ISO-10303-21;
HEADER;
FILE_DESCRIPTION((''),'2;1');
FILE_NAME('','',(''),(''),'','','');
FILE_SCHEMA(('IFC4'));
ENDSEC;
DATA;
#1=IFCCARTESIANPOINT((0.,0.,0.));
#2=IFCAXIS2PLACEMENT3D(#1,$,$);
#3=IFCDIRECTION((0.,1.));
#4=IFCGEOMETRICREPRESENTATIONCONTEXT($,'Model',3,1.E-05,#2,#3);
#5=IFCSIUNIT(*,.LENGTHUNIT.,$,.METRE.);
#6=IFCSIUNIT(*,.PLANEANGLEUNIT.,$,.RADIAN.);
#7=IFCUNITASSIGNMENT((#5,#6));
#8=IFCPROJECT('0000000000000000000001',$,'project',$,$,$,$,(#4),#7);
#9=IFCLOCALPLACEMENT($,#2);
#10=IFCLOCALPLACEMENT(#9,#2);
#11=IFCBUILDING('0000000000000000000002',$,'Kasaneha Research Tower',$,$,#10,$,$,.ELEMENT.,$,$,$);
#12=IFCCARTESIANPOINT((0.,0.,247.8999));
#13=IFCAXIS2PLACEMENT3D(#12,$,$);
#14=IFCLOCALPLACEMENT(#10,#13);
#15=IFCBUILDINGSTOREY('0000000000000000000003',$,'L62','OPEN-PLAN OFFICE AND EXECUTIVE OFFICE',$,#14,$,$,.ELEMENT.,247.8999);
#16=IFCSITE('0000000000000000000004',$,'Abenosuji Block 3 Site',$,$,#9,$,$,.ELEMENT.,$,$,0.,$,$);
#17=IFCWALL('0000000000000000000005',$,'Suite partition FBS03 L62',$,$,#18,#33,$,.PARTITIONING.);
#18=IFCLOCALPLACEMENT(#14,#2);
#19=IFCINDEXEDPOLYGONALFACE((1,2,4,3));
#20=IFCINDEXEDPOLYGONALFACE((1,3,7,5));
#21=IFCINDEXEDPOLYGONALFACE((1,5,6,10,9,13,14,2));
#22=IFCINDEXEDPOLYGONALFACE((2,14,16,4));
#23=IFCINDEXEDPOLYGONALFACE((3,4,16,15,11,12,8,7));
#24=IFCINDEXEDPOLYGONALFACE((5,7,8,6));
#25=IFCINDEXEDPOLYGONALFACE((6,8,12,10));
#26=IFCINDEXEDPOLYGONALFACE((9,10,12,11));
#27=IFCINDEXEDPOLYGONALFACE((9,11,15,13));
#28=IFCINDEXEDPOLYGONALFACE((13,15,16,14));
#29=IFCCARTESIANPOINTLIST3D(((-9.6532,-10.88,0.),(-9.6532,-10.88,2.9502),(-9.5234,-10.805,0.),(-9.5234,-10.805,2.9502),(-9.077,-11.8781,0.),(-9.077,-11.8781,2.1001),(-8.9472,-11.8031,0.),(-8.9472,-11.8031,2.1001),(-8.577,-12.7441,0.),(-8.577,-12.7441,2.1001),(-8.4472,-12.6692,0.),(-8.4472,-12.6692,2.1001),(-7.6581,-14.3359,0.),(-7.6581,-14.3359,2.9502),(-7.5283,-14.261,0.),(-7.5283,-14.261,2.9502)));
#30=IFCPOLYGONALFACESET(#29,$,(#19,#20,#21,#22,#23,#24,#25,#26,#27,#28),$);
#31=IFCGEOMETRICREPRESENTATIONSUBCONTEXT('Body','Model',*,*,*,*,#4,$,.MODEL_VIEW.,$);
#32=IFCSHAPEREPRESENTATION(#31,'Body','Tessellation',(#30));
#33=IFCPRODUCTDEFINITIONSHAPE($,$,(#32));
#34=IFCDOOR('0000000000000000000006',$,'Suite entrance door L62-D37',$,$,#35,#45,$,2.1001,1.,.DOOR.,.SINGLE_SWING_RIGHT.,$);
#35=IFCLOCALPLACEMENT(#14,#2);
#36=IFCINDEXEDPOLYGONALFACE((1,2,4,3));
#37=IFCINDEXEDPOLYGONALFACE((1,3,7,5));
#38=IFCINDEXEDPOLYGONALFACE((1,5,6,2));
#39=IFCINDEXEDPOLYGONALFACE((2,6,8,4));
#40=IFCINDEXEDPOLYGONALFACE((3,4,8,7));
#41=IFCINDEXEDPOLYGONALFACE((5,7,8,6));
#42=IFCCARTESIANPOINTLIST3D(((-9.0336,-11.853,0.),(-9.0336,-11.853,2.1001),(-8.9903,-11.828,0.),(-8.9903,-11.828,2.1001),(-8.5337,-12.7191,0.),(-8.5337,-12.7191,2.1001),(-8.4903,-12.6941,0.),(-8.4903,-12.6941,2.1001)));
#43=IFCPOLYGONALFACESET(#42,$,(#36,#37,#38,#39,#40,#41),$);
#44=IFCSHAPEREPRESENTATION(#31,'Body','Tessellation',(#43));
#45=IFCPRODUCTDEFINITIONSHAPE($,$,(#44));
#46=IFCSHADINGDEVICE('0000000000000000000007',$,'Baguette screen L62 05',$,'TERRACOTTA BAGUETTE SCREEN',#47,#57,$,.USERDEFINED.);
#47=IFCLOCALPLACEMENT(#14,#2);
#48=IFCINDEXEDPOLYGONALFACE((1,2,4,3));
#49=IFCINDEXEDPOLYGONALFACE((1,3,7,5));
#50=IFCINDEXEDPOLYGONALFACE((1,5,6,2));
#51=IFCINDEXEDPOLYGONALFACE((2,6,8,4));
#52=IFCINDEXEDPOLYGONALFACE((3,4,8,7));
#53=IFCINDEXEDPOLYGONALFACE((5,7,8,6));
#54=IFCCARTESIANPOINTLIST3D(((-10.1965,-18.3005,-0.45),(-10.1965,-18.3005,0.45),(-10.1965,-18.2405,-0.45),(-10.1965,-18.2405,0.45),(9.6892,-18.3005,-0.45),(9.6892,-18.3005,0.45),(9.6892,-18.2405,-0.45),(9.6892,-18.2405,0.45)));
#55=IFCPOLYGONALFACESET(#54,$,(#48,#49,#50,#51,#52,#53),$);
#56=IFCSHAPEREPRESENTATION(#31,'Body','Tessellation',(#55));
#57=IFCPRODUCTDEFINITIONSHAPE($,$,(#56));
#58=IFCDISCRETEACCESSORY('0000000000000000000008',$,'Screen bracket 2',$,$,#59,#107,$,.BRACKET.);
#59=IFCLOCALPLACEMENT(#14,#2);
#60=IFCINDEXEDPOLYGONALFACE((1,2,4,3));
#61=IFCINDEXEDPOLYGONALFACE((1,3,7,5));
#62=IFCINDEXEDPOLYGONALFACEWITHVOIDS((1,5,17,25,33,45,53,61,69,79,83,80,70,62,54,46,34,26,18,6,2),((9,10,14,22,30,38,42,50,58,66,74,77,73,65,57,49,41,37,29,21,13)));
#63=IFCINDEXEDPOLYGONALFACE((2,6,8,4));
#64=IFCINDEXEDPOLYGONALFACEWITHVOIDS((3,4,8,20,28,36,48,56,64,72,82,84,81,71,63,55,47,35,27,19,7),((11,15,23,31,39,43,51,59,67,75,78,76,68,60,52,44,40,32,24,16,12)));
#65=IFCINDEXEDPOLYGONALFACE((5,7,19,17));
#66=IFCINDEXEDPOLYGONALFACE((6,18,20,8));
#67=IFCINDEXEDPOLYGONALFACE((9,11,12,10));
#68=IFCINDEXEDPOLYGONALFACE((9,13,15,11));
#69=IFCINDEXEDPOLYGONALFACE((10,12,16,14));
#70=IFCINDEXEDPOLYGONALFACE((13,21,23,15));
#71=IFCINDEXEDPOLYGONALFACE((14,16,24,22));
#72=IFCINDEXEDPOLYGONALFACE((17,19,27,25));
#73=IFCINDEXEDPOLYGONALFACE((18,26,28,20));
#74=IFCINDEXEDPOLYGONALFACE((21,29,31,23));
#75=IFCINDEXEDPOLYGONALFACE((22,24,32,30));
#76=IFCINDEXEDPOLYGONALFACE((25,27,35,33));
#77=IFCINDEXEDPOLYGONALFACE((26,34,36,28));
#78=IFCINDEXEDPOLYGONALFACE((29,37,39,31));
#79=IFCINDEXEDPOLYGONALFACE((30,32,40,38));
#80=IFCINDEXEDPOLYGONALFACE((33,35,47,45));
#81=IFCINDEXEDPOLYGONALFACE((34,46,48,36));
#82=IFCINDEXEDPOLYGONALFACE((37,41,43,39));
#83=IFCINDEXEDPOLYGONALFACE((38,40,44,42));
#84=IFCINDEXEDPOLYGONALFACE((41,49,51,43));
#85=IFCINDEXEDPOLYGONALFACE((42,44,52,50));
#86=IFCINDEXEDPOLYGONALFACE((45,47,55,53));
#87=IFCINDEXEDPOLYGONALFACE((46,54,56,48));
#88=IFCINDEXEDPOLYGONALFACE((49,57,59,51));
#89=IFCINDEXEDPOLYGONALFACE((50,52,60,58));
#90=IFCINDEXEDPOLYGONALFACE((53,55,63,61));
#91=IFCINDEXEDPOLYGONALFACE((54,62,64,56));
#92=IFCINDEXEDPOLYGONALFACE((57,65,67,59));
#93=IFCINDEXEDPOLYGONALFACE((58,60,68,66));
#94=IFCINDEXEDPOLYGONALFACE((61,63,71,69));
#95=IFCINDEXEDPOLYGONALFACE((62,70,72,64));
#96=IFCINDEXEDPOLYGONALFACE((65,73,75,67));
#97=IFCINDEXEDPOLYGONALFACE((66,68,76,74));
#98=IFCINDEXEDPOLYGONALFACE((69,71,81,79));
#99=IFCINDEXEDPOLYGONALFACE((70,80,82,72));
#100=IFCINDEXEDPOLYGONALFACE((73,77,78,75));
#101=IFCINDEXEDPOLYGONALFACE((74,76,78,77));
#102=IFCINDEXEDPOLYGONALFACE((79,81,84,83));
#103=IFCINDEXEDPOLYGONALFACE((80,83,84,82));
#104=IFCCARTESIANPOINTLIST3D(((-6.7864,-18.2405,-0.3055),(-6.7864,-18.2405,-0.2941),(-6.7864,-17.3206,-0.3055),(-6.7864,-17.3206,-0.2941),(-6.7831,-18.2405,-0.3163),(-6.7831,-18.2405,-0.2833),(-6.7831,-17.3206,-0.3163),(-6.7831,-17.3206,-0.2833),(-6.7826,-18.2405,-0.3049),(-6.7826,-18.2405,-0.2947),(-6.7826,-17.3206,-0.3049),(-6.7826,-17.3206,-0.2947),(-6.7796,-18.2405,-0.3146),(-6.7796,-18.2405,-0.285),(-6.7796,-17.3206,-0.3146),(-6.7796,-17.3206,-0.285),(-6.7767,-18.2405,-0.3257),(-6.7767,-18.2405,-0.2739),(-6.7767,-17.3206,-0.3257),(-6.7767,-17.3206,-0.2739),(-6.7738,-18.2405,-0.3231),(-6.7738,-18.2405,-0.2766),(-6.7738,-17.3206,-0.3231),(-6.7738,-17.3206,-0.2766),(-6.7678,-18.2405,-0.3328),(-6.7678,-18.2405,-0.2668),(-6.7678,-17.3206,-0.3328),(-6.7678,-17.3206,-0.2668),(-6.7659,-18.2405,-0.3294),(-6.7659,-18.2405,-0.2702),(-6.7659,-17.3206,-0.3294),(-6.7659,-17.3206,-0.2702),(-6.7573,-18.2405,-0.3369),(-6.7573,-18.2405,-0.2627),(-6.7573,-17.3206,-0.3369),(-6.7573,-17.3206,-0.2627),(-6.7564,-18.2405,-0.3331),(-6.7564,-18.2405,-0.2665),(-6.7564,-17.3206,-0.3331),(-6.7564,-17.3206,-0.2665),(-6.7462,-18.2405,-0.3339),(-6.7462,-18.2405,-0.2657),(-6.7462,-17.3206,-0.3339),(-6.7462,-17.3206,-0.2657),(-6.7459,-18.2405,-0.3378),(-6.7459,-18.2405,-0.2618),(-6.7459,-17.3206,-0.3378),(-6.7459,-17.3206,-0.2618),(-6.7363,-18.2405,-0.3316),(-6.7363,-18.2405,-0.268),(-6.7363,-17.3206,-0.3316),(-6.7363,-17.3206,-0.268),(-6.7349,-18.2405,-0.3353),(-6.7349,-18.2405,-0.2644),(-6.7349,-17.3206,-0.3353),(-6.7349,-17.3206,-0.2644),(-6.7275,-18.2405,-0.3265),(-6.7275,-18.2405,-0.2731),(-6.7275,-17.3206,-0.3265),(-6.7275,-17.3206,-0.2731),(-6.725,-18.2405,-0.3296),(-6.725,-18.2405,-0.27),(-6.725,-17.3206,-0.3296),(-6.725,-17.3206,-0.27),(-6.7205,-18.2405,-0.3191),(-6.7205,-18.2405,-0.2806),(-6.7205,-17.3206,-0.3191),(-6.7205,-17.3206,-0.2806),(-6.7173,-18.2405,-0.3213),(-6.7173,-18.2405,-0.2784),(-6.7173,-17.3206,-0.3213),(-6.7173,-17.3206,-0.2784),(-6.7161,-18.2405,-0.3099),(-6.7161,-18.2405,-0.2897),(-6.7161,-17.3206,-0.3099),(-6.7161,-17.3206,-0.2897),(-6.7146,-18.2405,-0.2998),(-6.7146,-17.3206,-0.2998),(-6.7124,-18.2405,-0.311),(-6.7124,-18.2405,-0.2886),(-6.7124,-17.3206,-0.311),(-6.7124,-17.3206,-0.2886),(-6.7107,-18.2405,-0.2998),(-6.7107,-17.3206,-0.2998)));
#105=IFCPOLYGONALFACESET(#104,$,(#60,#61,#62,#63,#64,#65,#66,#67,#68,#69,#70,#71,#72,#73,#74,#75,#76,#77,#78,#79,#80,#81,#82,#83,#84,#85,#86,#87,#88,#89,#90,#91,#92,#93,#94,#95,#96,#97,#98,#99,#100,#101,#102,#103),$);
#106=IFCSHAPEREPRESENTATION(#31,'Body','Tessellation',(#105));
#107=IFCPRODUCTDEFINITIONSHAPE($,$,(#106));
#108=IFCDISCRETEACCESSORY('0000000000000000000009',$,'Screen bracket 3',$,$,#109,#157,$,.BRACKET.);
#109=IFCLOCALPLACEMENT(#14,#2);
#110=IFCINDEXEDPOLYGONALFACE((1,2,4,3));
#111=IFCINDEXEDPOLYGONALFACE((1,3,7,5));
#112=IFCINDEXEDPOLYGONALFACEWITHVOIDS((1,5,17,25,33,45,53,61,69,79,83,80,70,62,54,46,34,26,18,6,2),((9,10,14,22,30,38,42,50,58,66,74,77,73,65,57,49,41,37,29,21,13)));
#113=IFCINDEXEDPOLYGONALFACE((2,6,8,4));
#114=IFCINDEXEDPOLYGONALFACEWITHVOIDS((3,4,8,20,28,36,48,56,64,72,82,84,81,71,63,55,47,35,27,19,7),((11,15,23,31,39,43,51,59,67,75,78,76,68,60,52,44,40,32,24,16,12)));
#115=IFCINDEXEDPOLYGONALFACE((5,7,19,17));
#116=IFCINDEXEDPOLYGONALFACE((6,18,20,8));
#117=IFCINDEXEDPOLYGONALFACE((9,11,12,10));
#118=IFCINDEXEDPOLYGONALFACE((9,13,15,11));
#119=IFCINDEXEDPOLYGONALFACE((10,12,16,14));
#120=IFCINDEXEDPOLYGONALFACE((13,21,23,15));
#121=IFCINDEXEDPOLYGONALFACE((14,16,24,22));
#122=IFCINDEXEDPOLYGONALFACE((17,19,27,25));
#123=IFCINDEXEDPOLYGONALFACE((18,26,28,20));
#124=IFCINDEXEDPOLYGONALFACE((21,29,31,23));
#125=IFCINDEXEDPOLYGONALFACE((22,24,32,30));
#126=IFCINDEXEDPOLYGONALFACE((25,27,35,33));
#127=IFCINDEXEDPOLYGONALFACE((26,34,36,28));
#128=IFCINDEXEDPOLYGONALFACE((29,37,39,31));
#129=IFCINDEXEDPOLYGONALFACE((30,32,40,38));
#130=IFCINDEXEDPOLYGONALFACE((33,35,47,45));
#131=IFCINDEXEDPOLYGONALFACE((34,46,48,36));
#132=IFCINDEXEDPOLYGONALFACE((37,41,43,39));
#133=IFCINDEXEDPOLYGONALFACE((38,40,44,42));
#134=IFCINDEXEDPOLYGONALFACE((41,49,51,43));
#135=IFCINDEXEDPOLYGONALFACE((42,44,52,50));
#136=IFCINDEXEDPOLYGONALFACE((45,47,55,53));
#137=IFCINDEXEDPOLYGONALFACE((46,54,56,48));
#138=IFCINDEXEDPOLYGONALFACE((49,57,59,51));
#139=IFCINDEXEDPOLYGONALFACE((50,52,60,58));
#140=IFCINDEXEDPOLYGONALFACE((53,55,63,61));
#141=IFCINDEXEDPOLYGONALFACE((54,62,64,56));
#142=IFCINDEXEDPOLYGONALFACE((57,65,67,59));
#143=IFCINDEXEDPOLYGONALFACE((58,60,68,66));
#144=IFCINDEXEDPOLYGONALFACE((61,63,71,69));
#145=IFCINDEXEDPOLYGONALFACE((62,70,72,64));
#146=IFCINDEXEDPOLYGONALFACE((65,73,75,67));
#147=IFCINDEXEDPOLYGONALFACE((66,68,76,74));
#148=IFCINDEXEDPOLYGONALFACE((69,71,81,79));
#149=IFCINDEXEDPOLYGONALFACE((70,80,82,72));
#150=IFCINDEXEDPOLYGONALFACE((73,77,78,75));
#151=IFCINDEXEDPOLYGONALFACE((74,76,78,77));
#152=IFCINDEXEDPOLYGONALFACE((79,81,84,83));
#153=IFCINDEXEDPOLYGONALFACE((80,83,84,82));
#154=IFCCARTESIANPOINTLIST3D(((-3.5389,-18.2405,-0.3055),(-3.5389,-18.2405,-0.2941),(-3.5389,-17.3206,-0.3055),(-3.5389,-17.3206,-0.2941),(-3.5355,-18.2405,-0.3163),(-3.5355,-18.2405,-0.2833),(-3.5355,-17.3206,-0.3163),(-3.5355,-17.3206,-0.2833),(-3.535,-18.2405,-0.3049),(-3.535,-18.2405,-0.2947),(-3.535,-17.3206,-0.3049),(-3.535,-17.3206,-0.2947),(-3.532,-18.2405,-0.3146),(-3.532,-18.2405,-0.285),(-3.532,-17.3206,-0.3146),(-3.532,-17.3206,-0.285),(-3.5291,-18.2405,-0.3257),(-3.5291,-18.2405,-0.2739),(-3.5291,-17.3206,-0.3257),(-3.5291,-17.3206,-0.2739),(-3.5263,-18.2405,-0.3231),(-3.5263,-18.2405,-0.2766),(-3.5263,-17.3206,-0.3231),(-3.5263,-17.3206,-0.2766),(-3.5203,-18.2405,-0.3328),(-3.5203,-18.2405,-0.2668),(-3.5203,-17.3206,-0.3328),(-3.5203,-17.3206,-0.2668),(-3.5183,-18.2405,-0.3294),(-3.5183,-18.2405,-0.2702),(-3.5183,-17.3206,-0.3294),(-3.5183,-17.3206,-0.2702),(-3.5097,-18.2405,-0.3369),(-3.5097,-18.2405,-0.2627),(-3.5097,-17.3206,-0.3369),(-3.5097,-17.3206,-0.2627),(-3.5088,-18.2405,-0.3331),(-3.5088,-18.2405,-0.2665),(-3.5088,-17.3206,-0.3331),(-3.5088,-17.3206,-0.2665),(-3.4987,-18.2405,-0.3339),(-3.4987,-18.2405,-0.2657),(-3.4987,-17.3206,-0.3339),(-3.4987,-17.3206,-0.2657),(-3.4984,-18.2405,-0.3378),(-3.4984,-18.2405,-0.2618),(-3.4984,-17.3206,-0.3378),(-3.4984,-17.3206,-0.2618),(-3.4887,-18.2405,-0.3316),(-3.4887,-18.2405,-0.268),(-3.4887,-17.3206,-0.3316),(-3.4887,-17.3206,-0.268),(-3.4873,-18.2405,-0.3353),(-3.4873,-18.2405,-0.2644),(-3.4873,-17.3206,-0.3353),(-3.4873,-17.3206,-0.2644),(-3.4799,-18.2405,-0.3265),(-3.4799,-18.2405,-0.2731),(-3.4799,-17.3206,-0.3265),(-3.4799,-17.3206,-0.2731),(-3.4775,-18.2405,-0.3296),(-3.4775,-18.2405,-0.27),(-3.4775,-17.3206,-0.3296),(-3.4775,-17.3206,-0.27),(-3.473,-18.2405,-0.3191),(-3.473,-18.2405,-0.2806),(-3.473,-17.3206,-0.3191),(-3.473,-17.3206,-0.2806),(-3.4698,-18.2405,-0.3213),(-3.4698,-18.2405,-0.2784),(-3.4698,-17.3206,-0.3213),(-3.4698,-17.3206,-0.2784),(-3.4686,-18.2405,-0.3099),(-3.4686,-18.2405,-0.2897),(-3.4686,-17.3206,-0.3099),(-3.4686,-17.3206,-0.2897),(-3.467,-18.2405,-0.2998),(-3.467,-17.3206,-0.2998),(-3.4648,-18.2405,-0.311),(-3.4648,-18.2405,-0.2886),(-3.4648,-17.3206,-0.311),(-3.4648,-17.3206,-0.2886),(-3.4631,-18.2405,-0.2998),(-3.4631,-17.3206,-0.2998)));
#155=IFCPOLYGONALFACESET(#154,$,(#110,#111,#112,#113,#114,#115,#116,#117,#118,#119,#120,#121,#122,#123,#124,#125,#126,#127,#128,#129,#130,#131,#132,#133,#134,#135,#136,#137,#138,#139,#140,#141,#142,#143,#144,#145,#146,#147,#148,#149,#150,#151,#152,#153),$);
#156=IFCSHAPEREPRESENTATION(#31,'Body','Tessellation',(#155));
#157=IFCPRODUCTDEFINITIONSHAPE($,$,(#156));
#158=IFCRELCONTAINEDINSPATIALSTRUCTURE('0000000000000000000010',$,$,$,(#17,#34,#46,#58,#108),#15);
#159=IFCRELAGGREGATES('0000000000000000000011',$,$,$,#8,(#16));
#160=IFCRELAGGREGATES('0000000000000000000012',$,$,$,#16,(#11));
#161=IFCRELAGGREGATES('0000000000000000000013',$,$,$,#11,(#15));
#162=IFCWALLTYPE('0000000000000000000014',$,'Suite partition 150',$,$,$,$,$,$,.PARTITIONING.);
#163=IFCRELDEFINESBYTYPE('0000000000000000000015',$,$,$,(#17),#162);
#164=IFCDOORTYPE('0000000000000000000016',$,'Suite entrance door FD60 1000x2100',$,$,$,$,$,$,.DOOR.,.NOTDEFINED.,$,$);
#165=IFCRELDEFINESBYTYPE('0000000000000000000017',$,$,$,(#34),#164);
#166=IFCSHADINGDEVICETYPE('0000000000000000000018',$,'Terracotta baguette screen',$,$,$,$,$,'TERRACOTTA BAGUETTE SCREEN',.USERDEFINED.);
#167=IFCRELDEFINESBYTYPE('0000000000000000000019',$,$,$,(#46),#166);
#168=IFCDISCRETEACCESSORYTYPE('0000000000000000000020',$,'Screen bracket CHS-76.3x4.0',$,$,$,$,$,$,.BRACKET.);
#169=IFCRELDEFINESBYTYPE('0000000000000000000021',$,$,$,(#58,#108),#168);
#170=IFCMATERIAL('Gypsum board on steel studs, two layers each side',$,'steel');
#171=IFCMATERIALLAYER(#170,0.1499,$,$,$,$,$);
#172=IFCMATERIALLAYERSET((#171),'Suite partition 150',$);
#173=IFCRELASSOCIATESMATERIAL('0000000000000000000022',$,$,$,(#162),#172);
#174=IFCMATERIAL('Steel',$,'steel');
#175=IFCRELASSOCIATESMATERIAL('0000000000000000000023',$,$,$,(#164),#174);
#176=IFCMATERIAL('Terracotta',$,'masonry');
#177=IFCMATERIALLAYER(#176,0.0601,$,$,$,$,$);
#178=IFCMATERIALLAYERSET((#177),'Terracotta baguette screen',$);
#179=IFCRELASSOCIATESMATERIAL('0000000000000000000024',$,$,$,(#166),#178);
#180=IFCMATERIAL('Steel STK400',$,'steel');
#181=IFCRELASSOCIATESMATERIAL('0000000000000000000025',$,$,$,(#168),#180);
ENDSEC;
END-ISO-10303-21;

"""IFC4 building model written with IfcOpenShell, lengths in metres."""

from ifc_helpers import new_model, si_unit, direction, frame, frame_2d, origin, origin_2d, place, context, subcontext, project, spatial, rectangle, hollow_circle, extrude, material, layer, layer_set, material_profile, profile_set, type_object, element, fill, save


model = new_model("IFC4")

# Units and contexts
model_context = context("Model", 3, precision=1e-05, world=origin(), true_north=direction((0.0, 1.0)))
body_context = subcontext(model_context, "Body", "Model", "MODEL_VIEW")
ifc_project = project(units=[si_unit("LENGTHUNIT", "METRE"), si_unit("PLANEANGLEUNIT", "RADIAN")], contexts=[model_context])

# Site, building, storey
site_placement = place(None, origin())
site = spatial("IfcSite", under=ifc_project, at=site_placement, Name="Abenosuji Block 3 Site", CompositionType="ELEMENT", RefElevation=0.0)
building_placement = place(site_placement, origin())
building = spatial("IfcBuilding", under=site, at=building_placement, Name="Kasaneha Research Tower", CompositionType="ELEMENT")
storey_placement = place(building_placement, frame((0.0, 0.0, 247.8999)))
storey = spatial("IfcBuildingStorey", under=building, at=storey_placement, Name="L62", Description="OPEN-PLAN OFFICE AND EXECUTIVE OFFICE", CompositionType="ELEMENT", Elevation=247.8999)

# Wall, opening, door
ifc_material_1 = material(Name="Gypsum board on steel studs, two layers each side", Category="steel")
ifc_layer_1 = layer(ifc_material_1, 0.1499)
ifc_layer_set_1 = layer_set([ifc_layer_1], Name="Suite partition 150")
wall_type_1 = type_object("IfcWallType", Name="Suite partition 150", PredefinedType="PARTITIONING", material=ifc_layer_set_1)
wall_1_placement = place(storey_placement, frame((-7.5933, -14.2983, 0.0), z_axis=(0.0, 0.0, 1.0), x_axis=(-0.499955, 0.866051, 0.0)))
wall_1 = element("IfcWall", 1, at=wall_1_placement, inside=storey, type_object=wall_type_1, Name="Suite partition FBS03 L62", PredefinedType="PARTITIONING", context=body_context, shape_type="SweptSolid", body=[
    extrude(rectangle(XDim=3.9905, YDim=0.1499, at=frame_2d((1.9951, 0.0))), origin(), (0.0, 0.0, 1.0), 2.9502),
])
opening_1_placement = place(wall_1_placement, frame((1.8379, 0.0, 0.0)))
opening_1 = element("IfcOpeningElement", 2, at=opening_1_placement, cuts=wall_1, PredefinedType="OPENING", context=body_context, shape_type="SweptSolid", body=[
    extrude(rectangle(XDim=1.0, YDim=2.1001, at=frame_2d((0.5, 1.05))), frame((0.0, 0.085, 0.0), z_axis=(0.0, -1.0, 0.0), x_axis=(1.0, 0.0, 0.0)), (0.0, 0.0, 1.0), 0.1699),
])
ifc_material_2 = material(Name="Steel", Category="steel")
door_type_1 = type_object("IfcDoorType", Name="Suite entrance door FD60 1000x2100", OperationType="NOTDEFINED", PredefinedType="DOOR", material=ifc_material_2)
door_1_placement = place(opening_1_placement, origin())
door_1 = element("IfcDoor", 3, at=door_1_placement, inside=storey, type_object=door_type_1, Name="Suite entrance door L62-D37", OperationType="SINGLE_SWING_RIGHT", OverallHeight=2.1001, OverallWidth=1.0, PredefinedType="DOOR", context=body_context, shape_type="SweptSolid", body=[
    extrude(rectangle(XDim=1.0, YDim=2.1001, at=frame_2d((0.5, 1.05))), frame((0.0, 0.0249, 0.0), z_axis=(0.0, -1.0, 0.0), x_axis=(1.0, 0.0, 0.0)), (0.0, 0.0, 1.0), 0.05),
])
fill(opening_1, door_1)

# Shading device
ifc_material_3 = material(Name="Terracotta", Category="masonry")
ifc_layer_2 = layer(ifc_material_3, 0.0601)
ifc_layer_set_2 = layer_set([ifc_layer_2], Name="Terracotta baguette screen")
shading_device_type = type_object("IfcShadingDeviceType", Name="Terracotta baguette screen", ElementType="TERRACOTTA BAGUETTE SCREEN", PredefinedType="USERDEFINED", material=ifc_layer_set_2)
shading_device_placement = place(storey_placement, frame((-0.2537, -18.2705, -0.45), z_axis=(0.0, 0.0, 1.0), x_axis=(1.0, 0.0, 0.0)))
element("IfcShadingDevice", 4, at=shading_device_placement, inside=storey, type_object=shading_device_type, Name="Baguette screen L62 05", ObjectType="TERRACOTTA BAGUETTE SCREEN", PredefinedType="USERDEFINED", context=body_context, shape_type="SweptSolid", body=[
    extrude(rectangle(XDim=19.8857, YDim=0.0601, at=origin_2d()), origin(), (0.0, 0.0, 1.0), 0.8999),
])

# Discrete accessories
ifc_material_4 = material(Name="Steel STK400", Category="steel")
ifc_material_profile_1 = material_profile(ifc_material_4, hollow_circle(Radius=0.0381, WallThickness=0.0039, at=origin_2d()), Name="CHS-76.3x4.0")
ifc_profile_set_1 = profile_set([ifc_material_profile_1], Name="Steel STK400")
discrete_accessory_type = type_object("IfcDiscreteAccessoryType", Name="Screen bracket CHS-76.3x4.0", PredefinedType="BRACKET", material=ifc_profile_set_1)
for number, where, z_axis, x_axis, name in (
    (5, (-6.7488, -17.3206, -0.2998), (0.0, -1.0, 0.0), (1.0, 0.0, 0.0), "Screen bracket 2"),
    (6, (-3.5012, -17.3206, -0.2998), (0.0, -1.0, 0.0), (1.0, 0.0, 0.0), "Screen bracket 3"),
):
    element("IfcDiscreteAccessory", number, at=place(storey_placement, frame(where, z_axis=z_axis, x_axis=x_axis)), inside=storey, type_object=discrete_accessory_type, Name=name, PredefinedType="BRACKET", context=body_context, shape_type="SweptSolid", body=[
        extrude(hollow_circle(Radius=0.0381, WallThickness=0.0039, at=origin_2d()), origin(), (0.0, 0.0, 1.0), 0.9199),
    ])

save(model, "model.ifc")
